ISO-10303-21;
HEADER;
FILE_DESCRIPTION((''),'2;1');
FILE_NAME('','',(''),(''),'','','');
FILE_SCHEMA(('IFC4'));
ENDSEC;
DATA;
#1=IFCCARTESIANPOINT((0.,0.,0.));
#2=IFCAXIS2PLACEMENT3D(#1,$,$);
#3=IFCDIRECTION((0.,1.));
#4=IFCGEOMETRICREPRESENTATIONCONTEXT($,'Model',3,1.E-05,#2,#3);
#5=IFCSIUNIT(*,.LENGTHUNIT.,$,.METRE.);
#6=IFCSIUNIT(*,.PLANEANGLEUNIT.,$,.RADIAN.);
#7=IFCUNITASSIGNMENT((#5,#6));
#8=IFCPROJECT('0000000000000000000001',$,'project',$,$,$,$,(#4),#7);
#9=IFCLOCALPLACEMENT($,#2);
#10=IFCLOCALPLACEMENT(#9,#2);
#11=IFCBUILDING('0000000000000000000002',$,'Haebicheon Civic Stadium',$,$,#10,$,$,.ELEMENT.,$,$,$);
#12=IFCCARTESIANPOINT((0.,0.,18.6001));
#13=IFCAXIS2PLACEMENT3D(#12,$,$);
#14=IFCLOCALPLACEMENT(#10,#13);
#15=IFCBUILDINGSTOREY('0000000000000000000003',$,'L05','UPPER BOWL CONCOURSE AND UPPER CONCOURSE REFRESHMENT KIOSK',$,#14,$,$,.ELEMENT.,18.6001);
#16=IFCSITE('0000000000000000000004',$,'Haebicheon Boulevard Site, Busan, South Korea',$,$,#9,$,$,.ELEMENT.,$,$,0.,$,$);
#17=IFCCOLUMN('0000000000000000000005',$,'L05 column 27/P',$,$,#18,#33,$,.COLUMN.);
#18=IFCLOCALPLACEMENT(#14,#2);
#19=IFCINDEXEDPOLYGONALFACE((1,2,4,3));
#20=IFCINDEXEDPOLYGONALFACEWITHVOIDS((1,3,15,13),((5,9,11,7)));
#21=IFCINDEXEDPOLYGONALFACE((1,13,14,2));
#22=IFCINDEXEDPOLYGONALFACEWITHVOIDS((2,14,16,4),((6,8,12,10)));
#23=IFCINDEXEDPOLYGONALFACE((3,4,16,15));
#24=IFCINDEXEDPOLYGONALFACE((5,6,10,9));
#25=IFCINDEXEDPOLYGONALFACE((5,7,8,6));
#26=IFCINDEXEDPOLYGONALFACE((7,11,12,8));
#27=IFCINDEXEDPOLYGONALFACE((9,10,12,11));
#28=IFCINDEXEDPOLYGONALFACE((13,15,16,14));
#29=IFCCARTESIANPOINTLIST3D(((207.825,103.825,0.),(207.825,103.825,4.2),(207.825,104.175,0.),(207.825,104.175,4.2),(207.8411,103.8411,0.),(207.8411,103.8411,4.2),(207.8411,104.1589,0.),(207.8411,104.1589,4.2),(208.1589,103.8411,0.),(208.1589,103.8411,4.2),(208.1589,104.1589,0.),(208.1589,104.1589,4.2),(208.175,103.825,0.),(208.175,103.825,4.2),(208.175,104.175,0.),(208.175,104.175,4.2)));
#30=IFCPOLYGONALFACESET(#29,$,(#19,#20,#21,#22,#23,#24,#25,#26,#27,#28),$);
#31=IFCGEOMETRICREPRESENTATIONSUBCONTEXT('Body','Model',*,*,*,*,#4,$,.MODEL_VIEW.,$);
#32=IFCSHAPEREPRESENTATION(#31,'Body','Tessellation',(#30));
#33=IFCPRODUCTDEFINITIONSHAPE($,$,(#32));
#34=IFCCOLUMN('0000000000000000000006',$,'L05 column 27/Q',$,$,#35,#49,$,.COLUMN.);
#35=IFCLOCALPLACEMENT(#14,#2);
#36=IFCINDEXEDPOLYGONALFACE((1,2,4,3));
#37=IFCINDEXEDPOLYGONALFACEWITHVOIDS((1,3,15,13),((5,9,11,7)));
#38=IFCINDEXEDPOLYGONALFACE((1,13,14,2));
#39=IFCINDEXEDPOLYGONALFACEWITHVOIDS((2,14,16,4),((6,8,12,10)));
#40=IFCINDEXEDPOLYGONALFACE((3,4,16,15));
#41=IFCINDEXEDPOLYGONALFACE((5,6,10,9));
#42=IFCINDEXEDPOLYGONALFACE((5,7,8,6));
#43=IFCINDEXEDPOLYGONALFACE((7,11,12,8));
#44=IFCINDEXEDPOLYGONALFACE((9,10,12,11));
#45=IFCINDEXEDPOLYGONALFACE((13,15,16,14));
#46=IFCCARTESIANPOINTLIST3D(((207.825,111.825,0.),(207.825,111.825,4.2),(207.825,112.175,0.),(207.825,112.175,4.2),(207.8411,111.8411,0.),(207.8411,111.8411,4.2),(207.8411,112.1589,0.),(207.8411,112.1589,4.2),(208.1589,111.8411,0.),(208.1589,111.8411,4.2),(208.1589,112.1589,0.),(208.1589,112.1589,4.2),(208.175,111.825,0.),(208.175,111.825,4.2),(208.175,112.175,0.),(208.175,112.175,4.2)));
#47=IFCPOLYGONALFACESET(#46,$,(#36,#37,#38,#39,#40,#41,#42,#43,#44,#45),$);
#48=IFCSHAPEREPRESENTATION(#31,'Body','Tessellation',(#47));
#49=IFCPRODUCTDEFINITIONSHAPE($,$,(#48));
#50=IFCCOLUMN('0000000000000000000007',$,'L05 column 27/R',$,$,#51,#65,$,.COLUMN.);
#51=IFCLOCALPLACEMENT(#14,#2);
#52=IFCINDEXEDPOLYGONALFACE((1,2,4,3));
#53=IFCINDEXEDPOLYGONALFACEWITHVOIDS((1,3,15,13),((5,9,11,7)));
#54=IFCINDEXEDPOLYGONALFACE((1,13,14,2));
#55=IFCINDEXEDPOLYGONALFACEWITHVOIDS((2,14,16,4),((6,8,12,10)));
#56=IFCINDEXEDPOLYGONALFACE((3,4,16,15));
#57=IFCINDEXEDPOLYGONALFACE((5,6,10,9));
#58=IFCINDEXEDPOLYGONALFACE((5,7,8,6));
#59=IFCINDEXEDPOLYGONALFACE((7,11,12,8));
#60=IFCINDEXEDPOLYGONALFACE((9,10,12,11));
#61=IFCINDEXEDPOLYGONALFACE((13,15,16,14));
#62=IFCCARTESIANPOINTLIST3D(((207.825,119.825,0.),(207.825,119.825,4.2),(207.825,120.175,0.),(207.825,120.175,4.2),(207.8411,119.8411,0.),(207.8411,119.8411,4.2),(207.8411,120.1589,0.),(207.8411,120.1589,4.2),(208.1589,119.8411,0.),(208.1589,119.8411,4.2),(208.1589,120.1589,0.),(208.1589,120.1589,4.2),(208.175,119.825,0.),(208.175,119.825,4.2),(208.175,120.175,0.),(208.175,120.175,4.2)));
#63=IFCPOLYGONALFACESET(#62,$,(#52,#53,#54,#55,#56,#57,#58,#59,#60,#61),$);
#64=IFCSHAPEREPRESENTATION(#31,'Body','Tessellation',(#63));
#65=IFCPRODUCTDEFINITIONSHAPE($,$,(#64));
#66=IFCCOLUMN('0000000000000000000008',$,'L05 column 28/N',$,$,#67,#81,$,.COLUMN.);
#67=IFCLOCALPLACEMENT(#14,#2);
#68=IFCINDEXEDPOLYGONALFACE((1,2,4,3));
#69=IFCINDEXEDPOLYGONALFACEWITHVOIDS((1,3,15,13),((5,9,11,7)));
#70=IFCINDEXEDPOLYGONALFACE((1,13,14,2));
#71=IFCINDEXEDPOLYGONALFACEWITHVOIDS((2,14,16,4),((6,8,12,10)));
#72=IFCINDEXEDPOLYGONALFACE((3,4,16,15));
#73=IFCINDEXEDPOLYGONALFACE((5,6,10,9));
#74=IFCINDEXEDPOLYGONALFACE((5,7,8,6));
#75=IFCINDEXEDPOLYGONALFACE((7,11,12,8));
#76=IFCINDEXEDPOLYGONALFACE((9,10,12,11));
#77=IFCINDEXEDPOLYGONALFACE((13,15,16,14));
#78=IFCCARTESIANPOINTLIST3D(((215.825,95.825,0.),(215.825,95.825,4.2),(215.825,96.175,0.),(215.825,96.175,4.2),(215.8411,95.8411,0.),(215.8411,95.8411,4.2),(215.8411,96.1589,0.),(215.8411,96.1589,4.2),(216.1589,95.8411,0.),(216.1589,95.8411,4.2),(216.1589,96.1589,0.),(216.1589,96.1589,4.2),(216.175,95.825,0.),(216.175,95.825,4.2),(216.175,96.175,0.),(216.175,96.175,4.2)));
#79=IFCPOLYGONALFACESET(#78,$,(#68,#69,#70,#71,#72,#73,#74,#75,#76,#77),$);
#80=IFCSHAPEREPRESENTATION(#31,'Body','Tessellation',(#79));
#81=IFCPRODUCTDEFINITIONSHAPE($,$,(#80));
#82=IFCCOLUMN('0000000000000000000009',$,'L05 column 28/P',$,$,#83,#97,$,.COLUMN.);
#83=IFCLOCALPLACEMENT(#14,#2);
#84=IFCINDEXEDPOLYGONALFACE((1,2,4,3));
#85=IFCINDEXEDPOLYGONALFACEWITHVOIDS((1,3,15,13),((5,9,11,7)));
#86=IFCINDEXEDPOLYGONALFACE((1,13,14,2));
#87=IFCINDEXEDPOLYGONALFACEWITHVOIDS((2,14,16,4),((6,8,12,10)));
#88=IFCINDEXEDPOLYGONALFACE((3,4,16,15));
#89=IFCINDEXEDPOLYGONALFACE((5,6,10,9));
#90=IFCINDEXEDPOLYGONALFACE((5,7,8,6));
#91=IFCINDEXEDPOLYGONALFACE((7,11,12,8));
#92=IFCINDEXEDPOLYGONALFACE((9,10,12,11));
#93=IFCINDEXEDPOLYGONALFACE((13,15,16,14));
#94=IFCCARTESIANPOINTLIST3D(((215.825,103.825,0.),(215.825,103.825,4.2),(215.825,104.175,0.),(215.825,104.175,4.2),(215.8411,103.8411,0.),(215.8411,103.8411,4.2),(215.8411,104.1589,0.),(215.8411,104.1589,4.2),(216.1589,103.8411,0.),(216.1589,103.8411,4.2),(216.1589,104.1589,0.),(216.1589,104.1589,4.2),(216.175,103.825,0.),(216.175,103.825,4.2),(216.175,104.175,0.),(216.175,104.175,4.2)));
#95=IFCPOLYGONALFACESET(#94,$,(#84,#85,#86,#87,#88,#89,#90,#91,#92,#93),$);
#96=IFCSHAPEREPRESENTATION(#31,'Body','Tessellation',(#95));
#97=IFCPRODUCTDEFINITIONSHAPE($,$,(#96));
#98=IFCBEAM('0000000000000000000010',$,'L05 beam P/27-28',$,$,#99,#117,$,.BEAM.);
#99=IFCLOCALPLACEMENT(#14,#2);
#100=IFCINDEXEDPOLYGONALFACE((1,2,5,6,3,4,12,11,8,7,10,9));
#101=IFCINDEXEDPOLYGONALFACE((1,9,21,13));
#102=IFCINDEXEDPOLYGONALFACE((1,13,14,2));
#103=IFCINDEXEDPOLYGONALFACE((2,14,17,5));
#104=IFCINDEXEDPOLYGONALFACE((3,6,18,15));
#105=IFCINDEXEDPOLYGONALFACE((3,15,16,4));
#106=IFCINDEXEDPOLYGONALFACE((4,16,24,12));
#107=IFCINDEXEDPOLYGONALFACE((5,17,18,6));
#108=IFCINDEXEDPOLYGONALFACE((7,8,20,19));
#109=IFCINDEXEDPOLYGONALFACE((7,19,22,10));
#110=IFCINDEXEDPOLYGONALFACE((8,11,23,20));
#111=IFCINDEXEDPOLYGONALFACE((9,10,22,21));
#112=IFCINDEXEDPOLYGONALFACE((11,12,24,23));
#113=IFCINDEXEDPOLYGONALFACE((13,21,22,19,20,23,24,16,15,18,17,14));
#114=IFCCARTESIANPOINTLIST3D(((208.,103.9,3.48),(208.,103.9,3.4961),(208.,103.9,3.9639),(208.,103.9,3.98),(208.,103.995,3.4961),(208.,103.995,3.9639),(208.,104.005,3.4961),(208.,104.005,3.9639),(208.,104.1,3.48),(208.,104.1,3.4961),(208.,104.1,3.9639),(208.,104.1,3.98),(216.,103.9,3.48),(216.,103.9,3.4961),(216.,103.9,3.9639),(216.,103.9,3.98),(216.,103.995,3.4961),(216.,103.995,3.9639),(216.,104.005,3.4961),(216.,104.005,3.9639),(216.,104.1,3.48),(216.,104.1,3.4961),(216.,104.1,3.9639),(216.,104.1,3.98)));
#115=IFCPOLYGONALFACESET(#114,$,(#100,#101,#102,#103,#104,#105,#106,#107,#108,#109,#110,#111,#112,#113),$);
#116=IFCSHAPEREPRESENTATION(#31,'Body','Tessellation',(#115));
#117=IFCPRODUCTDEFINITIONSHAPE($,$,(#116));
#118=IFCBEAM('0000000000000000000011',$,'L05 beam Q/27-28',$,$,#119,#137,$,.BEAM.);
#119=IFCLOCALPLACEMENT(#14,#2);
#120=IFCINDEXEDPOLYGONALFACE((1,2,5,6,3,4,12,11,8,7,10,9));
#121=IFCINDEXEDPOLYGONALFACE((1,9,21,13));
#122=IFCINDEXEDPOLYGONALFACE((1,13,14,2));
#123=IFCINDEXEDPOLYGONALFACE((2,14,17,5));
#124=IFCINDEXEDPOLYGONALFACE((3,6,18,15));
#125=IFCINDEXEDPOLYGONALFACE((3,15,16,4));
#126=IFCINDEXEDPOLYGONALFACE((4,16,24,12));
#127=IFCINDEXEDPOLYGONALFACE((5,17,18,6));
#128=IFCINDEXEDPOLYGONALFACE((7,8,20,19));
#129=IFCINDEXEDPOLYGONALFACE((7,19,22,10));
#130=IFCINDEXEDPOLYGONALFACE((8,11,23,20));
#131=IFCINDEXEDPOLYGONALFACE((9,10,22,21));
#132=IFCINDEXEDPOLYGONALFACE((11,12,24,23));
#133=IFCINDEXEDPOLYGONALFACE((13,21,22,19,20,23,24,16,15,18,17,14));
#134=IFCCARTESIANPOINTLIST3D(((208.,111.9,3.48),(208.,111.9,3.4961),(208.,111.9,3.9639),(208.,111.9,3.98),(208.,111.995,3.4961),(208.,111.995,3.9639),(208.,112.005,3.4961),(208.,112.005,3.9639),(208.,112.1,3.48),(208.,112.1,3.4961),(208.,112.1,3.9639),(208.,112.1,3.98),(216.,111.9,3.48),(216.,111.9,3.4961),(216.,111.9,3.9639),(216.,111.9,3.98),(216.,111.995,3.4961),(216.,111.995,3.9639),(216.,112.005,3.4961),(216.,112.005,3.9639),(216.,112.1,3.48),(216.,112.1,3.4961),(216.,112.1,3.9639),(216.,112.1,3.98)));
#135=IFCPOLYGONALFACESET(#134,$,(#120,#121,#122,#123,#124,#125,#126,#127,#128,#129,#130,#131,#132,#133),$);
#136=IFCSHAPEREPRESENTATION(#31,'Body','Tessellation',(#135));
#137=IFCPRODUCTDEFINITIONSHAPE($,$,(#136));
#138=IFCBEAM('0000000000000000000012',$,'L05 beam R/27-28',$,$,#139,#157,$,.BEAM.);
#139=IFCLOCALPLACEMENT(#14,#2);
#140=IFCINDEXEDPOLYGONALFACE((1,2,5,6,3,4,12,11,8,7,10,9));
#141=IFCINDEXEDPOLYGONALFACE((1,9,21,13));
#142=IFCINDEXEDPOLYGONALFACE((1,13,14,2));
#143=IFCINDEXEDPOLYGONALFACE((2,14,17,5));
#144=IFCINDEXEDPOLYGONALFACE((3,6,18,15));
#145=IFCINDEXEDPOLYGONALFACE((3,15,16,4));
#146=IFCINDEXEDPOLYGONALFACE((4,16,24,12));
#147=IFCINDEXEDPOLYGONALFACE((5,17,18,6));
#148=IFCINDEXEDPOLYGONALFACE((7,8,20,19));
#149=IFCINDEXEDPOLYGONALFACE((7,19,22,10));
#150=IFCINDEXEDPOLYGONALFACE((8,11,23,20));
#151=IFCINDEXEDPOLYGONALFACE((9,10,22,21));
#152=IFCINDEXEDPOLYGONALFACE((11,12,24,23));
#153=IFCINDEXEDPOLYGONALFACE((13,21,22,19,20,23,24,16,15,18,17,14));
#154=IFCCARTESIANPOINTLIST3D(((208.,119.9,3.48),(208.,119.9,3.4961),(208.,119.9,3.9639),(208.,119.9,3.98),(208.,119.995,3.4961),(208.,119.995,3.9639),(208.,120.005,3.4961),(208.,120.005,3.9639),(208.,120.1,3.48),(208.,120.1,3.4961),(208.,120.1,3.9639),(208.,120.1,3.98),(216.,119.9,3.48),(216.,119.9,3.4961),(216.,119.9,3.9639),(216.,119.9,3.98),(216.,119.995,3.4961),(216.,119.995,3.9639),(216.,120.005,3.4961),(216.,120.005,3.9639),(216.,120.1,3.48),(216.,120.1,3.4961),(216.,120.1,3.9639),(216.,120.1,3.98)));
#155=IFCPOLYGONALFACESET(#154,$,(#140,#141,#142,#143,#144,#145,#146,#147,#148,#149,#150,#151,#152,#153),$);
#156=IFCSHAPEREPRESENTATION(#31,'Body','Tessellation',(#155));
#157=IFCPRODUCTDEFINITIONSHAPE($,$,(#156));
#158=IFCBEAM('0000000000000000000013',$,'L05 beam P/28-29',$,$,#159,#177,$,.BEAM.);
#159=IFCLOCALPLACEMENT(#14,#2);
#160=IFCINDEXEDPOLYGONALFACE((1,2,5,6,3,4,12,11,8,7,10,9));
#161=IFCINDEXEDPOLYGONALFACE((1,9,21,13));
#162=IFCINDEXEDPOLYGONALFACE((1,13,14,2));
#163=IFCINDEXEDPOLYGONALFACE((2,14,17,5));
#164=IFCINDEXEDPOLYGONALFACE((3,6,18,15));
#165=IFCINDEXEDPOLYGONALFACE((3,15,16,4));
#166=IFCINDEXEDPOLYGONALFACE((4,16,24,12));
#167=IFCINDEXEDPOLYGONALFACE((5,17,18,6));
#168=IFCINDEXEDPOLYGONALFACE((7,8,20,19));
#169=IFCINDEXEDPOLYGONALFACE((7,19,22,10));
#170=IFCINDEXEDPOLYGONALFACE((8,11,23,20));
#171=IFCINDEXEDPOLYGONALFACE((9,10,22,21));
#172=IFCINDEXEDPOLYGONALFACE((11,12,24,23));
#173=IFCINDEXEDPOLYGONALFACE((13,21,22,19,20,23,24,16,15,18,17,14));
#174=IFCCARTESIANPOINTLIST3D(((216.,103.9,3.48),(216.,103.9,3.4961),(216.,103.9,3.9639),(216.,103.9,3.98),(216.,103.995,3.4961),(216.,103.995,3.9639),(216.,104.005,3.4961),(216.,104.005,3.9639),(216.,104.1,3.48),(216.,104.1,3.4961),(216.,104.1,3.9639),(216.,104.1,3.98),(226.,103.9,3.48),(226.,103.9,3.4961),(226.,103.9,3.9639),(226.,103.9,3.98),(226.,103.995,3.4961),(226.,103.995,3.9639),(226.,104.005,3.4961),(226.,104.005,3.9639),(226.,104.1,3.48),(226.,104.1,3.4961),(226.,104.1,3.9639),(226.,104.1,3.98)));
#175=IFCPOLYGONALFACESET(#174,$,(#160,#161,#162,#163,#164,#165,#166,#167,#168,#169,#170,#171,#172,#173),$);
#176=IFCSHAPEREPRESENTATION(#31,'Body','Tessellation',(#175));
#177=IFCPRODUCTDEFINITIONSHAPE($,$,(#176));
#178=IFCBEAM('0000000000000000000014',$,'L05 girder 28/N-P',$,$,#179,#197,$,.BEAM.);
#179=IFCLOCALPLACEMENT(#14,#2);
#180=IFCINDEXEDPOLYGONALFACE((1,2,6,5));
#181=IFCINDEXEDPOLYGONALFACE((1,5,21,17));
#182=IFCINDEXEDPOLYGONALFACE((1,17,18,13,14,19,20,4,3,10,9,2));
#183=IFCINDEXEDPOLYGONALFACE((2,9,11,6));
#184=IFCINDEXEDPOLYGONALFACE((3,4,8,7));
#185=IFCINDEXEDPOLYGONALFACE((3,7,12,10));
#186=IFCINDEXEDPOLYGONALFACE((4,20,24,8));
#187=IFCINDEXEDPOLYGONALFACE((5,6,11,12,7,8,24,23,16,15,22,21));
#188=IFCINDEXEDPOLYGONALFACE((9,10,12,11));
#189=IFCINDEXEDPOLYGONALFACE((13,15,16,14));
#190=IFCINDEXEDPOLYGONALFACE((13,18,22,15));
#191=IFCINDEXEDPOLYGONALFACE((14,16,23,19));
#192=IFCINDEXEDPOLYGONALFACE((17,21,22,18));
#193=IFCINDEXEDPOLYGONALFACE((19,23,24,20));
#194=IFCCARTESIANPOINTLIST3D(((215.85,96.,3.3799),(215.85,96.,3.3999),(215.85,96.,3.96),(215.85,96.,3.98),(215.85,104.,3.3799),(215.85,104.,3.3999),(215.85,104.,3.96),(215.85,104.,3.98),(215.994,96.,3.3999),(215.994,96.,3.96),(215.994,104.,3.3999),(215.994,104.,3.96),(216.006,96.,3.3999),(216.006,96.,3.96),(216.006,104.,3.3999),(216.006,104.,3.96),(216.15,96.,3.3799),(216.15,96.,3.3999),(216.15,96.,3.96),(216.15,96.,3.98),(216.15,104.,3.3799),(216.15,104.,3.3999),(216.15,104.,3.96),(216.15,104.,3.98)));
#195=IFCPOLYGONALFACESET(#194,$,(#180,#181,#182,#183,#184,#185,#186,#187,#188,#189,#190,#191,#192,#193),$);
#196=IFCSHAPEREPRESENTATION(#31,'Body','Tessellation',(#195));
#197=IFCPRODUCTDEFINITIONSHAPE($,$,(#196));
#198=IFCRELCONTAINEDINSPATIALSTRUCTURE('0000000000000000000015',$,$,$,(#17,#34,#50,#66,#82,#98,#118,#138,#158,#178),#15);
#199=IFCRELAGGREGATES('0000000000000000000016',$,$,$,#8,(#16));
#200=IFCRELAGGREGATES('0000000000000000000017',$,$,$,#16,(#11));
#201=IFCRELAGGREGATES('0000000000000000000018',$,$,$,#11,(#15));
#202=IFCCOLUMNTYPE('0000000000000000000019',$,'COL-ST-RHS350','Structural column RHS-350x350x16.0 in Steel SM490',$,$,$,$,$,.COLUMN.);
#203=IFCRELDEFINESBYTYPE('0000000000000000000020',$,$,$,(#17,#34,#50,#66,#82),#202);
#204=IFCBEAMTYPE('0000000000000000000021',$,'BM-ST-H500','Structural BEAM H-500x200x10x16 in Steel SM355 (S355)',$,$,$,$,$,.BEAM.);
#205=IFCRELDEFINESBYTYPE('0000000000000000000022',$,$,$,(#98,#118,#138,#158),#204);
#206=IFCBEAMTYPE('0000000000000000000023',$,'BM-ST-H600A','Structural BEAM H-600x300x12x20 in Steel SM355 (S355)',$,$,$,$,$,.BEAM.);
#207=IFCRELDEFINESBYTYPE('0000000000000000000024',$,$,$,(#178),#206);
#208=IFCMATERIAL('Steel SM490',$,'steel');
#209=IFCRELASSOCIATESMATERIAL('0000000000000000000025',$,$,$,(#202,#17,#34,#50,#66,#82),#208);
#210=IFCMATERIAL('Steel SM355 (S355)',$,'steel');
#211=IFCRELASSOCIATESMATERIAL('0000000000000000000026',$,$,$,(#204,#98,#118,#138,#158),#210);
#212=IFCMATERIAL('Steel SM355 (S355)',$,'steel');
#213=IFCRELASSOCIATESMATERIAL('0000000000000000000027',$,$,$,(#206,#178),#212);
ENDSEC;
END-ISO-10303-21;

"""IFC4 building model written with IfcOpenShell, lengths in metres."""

from ifc_helpers import new_model, si_unit, direction, frame, origin, origin_2d, place, context, subcontext, project, spatial, hollow_rectangle, i_section, extrude, material, material_profile, profile_set, type_object, element, save


model = new_model("IFC4")

# Units and contexts
model_context = context("Model", 3, precision=1e-05, world=origin(), true_north=direction((0.0, 1.0)))
body_context = subcontext(model_context, "Body", "Model", "MODEL_VIEW")
ifc_project = project(units=[si_unit("LENGTHUNIT", "METRE"), si_unit("PLANEANGLEUNIT", "RADIAN")], contexts=[model_context])

# Site, building, storey
site_placement = place(None, origin())
site = spatial("IfcSite", under=ifc_project, at=site_placement, Name="Haebicheon Boulevard Site, Busan, South Korea", CompositionType="ELEMENT", RefElevation=0.0)
building_placement = place(site_placement, origin())
building = spatial("IfcBuilding", under=site, at=building_placement, Name="Haebicheon Civic Stadium", CompositionType="ELEMENT")
storey_placement = place(building_placement, frame((0.0, 0.0, 18.6001)))
storey = spatial("IfcBuildingStorey", under=building, at=storey_placement, Name="L05", Description="UPPER BOWL CONCOURSE AND UPPER CONCOURSE REFRESHMENT KIOSK", CompositionType="ELEMENT", Elevation=18.6001)

# Columns
ifc_material_1 = material(Name="Steel SM490", Category="steel")
ifc_material_profile_1 = material_profile(ifc_material_1, hollow_rectangle(XDim=0.3501, YDim=0.3501, WallThickness=0.0161, at=origin_2d()), Name="RHS-350x350x16.0")
ifc_profile_set_1 = profile_set([ifc_material_profile_1], Name="Steel SM490")
column_type = type_object("IfcColumnType", Name="COL-ST-RHS350", Description="Structural column RHS-350x350x16.0 in Steel SM490", PredefinedType="COLUMN", material=ifc_profile_set_1)
for number, where, z_axis, x_axis, name in (
    (1, (208.0, 104.0, 0.0), (0.0, 0.0, 1.0), (1.0, 0.0, 0.0), "L05 column 27/P"),
    (2, (208.0, 112.0, 0.0), (0.0, 0.0, 1.0), (1.0, 0.0, 0.0), "L05 column 27/Q"),
    (3, (208.0, 120.0, 0.0), (0.0, 0.0, 1.0), (1.0, 0.0, 0.0), "L05 column 27/R"),
    (4, (216.0, 96.0, 0.0), (0.0, 0.0, 1.0), (1.0, 0.0, 0.0), "L05 column 28/N"),
    (5, (216.0, 104.0, 0.0), (0.0, 0.0, 1.0), (1.0, 0.0, 0.0), "L05 column 28/P"),
):
    element("IfcColumn", number, at=place(storey_placement, frame(where, z_axis=z_axis, x_axis=x_axis)), inside=storey, type_object=column_type, material=ifc_profile_set_1, Name=name, PredefinedType="COLUMN", context=body_context, shape_type="SweptSolid", body=[
        extrude(hollow_rectangle(XDim=0.3501, YDim=0.3501, WallThickness=0.0161, at=origin_2d()), origin(), (0.0, 0.0, 1.0), 4.2),
    ])

# Beams
ifc_material_2 = material(Name="Steel SM355 (S355)", Category="steel")
ifc_material_profile_2 = material_profile(ifc_material_2, i_section(OverallWidth=0.2, OverallDepth=0.5, WebThickness=0.01, FlangeThickness=0.0161, at=origin_2d()), Name="H-500x200x10x16")
ifc_profile_set_2 = profile_set([ifc_material_profile_2], Name="Steel SM355 (S355)")
beam_type_1 = type_object("IfcBeamType", Name="BM-ST-H500", Description="Structural BEAM H-500x200x10x16 in Steel SM355 (S355)", PredefinedType="BEAM", material=ifc_profile_set_2)
for number, where, z_axis, x_axis, name in (
    (6, (208.0, 104.0, 3.73), (1.0, 0.0, 0.0), (0.0, 1.0, 0.0), "L05 beam P/27-28"),
    (7, (208.0, 112.0, 3.73), (1.0, 0.0, 0.0), (0.0, 1.0, 0.0), "L05 beam Q/27-28"),
    (8, (208.0, 120.0, 3.73), (1.0, 0.0, 0.0), (0.0, 1.0, 0.0), "L05 beam R/27-28"),
):
    element("IfcBeam", number, at=place(storey_placement, frame(where, z_axis=z_axis, x_axis=x_axis)), inside=storey, type_object=beam_type_1, material=ifc_profile_set_2, Name=name, PredefinedType="BEAM", context=body_context, shape_type="SweptSolid", body=[
        extrude(i_section(OverallWidth=0.2, OverallDepth=0.5, WebThickness=0.01, FlangeThickness=0.0161, at=origin_2d()), origin(), (0.0, 0.0, 1.0), 8.0),
    ])
beam_1_placement = place(storey_placement, frame((216.0, 104.0, 3.73), z_axis=(1.0, 0.0, 0.0), x_axis=(0.0, 1.0, 0.0)))
element("IfcBeam", 9, at=beam_1_placement, inside=storey, type_object=beam_type_1, material=ifc_profile_set_2, Name="L05 beam P/28-29", PredefinedType="BEAM", context=body_context, shape_type="SweptSolid", body=[
    extrude(i_section(OverallWidth=0.2, OverallDepth=0.5, WebThickness=0.01, FlangeThickness=0.0161, at=origin_2d()), origin(), (0.0, 0.0, 1.0), 10.0),
])
ifc_material_3 = material(Name="Steel SM355 (S355)", Category="steel")
ifc_material_profile_3 = material_profile(ifc_material_3, i_section(OverallWidth=0.3, OverallDepth=0.6001, WebThickness=0.012, FlangeThickness=0.02, at=origin_2d()), Name="H-600x300x12x20")
ifc_profile_set_3 = profile_set([ifc_material_profile_3], Name="Steel SM355 (S355)")
beam_type_2 = type_object("IfcBeamType", Name="BM-ST-H600A", Description="Structural BEAM H-600x300x12x20 in Steel SM355 (S355)", PredefinedType="BEAM", material=ifc_profile_set_3)
for number, where, z_axis, x_axis, name in (
    (10, (216.0, 96.0, 3.6799), (0.0, 1.0, 0.0), (-1.0, 0.0, 0.0), "L05 girder 28/N-P"),
):
    element("IfcBeam", number, at=place(storey_placement, frame(where, z_axis=z_axis, x_axis=x_axis)), inside=storey, type_object=beam_type_2, material=ifc_profile_set_3, Name=name, PredefinedType="BEAM", context=body_context, shape_type="SweptSolid", body=[
        extrude(i_section(OverallWidth=0.3, OverallDepth=0.6001, WebThickness=0.012, FlangeThickness=0.02, at=origin_2d()), origin(), (0.0, 0.0, 1.0), 8.0),
    ])

save(model, "model.ifc")
